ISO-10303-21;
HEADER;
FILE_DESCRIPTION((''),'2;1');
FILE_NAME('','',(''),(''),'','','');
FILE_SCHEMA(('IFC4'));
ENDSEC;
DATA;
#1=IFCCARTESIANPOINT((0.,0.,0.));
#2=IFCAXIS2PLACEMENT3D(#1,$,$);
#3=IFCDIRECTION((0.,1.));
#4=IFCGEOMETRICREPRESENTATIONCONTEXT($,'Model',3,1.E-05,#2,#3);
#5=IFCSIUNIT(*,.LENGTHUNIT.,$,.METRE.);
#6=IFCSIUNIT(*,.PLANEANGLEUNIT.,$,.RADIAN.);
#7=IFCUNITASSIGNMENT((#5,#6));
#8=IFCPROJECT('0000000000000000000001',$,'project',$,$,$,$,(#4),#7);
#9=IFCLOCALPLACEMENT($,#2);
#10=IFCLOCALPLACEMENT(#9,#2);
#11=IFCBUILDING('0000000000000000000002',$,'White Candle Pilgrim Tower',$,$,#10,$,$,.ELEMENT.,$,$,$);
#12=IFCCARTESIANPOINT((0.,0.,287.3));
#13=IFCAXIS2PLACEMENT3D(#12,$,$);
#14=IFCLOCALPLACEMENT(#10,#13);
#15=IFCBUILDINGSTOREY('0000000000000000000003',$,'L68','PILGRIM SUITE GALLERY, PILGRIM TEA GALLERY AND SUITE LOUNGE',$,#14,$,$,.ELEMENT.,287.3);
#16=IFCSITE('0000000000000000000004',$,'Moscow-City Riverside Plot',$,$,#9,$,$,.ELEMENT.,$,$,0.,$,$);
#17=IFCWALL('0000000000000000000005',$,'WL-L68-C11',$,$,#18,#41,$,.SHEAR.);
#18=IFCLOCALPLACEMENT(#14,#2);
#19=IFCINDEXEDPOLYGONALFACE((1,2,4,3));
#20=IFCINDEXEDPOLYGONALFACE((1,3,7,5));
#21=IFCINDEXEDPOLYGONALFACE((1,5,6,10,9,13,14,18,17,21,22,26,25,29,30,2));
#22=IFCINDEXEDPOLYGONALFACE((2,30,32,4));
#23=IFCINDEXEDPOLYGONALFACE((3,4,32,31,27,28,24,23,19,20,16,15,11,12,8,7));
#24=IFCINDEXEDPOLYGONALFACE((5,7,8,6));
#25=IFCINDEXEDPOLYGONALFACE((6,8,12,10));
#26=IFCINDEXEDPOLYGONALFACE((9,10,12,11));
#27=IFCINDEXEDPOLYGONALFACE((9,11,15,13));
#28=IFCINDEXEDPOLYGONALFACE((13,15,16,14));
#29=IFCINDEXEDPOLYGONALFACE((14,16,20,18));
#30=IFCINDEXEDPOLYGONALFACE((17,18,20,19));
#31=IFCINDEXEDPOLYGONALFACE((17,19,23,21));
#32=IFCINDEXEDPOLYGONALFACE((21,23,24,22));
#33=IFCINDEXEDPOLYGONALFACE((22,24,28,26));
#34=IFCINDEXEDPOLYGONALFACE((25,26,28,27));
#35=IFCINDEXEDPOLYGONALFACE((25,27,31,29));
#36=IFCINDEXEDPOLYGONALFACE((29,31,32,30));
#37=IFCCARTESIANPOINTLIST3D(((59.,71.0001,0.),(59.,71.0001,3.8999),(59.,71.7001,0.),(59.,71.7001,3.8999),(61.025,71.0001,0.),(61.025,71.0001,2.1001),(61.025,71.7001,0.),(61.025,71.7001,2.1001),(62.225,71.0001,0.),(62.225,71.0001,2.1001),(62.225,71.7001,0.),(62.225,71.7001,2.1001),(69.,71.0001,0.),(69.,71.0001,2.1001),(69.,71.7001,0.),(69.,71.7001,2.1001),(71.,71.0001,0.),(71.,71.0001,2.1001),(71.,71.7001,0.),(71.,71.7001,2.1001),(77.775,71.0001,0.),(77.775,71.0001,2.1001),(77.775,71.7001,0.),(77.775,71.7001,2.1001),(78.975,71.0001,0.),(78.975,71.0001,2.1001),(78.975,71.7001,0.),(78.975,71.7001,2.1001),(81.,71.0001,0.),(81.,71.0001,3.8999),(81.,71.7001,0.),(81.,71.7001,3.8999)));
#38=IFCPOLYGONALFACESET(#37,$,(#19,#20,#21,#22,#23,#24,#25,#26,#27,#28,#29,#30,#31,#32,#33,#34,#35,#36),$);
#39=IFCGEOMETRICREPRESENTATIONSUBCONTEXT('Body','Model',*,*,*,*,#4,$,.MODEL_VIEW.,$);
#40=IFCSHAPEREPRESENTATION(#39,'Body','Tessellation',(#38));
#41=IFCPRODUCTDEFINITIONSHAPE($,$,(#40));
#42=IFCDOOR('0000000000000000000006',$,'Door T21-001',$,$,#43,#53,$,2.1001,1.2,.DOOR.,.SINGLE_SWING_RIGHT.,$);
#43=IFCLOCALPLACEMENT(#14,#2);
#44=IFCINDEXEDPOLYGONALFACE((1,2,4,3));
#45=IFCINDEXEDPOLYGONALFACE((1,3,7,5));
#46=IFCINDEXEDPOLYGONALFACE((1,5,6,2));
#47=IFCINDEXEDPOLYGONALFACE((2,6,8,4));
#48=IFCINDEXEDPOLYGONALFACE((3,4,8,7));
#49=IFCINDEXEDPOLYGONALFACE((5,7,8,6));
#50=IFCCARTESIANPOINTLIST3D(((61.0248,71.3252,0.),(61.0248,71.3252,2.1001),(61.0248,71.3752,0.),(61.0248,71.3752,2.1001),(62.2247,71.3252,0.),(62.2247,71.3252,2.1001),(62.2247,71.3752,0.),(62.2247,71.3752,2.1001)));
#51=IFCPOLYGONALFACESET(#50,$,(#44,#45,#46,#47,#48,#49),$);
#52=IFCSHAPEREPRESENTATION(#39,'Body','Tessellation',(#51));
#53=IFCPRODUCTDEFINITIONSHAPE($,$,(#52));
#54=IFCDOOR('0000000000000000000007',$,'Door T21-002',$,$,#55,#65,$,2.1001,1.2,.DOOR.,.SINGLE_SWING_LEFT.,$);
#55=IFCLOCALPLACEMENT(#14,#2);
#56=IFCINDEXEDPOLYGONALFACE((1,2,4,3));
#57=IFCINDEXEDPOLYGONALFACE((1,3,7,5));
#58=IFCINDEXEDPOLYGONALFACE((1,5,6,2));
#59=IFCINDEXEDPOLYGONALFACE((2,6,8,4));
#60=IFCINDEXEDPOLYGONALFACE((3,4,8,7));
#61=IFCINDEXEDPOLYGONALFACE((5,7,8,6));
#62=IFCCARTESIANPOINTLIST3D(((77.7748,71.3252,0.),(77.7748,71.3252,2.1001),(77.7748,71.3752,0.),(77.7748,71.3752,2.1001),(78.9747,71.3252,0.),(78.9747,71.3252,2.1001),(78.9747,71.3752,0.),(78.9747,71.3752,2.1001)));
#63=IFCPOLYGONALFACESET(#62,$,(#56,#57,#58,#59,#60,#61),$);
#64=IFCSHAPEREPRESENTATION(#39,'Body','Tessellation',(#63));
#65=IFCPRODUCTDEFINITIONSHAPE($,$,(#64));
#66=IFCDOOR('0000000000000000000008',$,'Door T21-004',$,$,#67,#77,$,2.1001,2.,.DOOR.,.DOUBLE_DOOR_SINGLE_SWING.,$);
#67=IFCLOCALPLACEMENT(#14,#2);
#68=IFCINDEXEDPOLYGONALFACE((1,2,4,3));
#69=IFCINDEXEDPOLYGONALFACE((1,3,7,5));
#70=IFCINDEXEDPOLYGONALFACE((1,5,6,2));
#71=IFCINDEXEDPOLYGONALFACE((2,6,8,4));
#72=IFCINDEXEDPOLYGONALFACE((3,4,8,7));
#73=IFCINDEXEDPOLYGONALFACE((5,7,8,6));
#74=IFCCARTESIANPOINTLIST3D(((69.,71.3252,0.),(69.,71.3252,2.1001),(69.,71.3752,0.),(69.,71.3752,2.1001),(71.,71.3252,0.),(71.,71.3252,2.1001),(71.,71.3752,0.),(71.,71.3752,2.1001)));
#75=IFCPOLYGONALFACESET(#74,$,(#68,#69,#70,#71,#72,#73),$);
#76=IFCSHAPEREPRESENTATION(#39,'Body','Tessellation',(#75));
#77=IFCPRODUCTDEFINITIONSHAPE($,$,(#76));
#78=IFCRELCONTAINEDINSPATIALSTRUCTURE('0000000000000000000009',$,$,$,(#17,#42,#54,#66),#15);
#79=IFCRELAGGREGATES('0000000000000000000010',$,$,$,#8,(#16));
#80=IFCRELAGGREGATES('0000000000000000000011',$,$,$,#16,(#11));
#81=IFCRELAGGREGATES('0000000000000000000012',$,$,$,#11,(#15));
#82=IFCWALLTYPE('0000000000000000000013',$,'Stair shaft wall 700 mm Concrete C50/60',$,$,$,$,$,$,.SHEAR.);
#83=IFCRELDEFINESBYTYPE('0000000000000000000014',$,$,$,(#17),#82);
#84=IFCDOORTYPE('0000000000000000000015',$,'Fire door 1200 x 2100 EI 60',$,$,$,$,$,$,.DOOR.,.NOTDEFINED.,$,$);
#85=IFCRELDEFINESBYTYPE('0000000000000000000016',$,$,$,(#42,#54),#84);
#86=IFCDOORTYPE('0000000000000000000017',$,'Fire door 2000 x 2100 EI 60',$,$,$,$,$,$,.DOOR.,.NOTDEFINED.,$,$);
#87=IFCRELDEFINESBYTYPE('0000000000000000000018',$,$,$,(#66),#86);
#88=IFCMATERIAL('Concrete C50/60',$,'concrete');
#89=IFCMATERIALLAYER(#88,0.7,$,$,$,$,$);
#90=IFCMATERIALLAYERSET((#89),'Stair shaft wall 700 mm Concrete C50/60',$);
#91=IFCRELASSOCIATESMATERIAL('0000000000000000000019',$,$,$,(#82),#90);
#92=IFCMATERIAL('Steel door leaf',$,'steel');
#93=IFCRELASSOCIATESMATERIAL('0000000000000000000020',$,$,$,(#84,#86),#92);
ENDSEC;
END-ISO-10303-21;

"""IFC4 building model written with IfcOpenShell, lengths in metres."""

from ifc_helpers import new_model, si_unit, direction, frame, frame_2d, origin, place, context, subcontext, project, spatial, rectangle, extrude, material, layer, layer_set, type_object, element, fill, save


model = new_model("IFC4")

# Units and contexts
model_context = context("Model", 3, precision=1e-05, world=origin(), true_north=direction((0.0, 1.0)))
body_context = subcontext(model_context, "Body", "Model", "MODEL_VIEW")
ifc_project = project(units=[si_unit("LENGTHUNIT", "METRE"), si_unit("PLANEANGLEUNIT", "RADIAN")], contexts=[model_context])

# Site, building, storey
site_placement = place(None, origin())
site = spatial("IfcSite", under=ifc_project, at=site_placement, Name="Moscow-City Riverside Plot", CompositionType="ELEMENT", RefElevation=0.0)
building_placement = place(site_placement, origin())
building = spatial("IfcBuilding", under=site, at=building_placement, Name="White Candle Pilgrim Tower", CompositionType="ELEMENT")
storey_placement = place(building_placement, frame((0.0, 0.0, 287.3)))
storey = spatial("IfcBuildingStorey", under=building, at=storey_placement, Name="L68", Description="PILGRIM SUITE GALLERY, PILGRIM TEA GALLERY AND SUITE LOUNGE", CompositionType="ELEMENT", Elevation=287.3)

# Shared definitions
ifc_material_1 = material(Name="Concrete C50/60", Category="concrete")

# Shared definitions
ifc_material_2 = material(Name="Steel door leaf", Category="steel")

# Wall, openings, doors
ifc_layer_1 = layer(ifc_material_1, 0.7)
ifc_layer_set_1 = layer_set([ifc_layer_1], Name="Stair shaft wall 700 mm Concrete C50/60")
wall_type_1 = type_object("IfcWallType", Name="Stair shaft wall 700 mm Concrete C50/60", PredefinedType="SHEAR", material=ifc_layer_set_1)
wall_1_placement = place(storey_placement, frame((59.0, 71.3501, 0.0), z_axis=(0.0, 0.0, 1.0), x_axis=(1.0, 0.0, 0.0)))
wall_1 = element("IfcWall", 1, at=wall_1_placement, inside=storey, type_object=wall_type_1, Name="WL-L68-C11", PredefinedType="SHEAR", context=body_context, shape_type="SweptSolid", body=[
    extrude(rectangle(XDim=22.0, YDim=0.7, at=frame_2d((11.0, 0.0))), origin(), (0.0, 0.0, 1.0), 3.8999),
])
opening_1_placement = place(wall_1_placement, frame((2.0249, 0.0, 0.0)))
opening_1 = element("IfcOpeningElement", 2, at=opening_1_placement, cuts=wall_1, PredefinedType="OPENING", context=body_context, shape_type="SweptSolid", body=[
    extrude(rectangle(XDim=1.2, YDim=2.1001, at=frame_2d((0.6001, 1.05))), frame((0.0, 0.3599, 0.0), z_axis=(0.0, -1.0, 0.0), x_axis=(1.0, 0.0, 0.0)), (0.0, 0.0, 1.0), 0.72),
])
opening_2_placement = place(wall_1_placement, frame((18.7749, 0.0, 0.0)))
opening_2 = element("IfcOpeningElement", 3, at=opening_2_placement, cuts=wall_1, PredefinedType="OPENING", context=body_context, shape_type="SweptSolid", body=[
    extrude(rectangle(XDim=1.2, YDim=2.1001, at=frame_2d((0.6001, 1.05))), frame((0.0, 0.3599, 0.0), z_axis=(0.0, -1.0, 0.0), x_axis=(1.0, 0.0, 0.0)), (0.0, 0.0, 1.0), 0.72),
])
opening_3_placement = place(wall_1_placement, frame((10.0, 0.0, 0.0)))
opening_3 = element("IfcOpeningElement", 4, at=opening_3_placement, cuts=wall_1, PredefinedType="OPENING", context=body_context, shape_type="SweptSolid", body=[
    extrude(rectangle(XDim=2.0, YDim=2.1001, at=frame_2d((1.0, 1.05))), frame((0.0, 0.3599, 0.0), z_axis=(0.0, -1.0, 0.0), x_axis=(1.0, 0.0, 0.0)), (0.0, 0.0, 1.0), 0.72),
])
door_type_1 = type_object("IfcDoorType", Name="Fire door 1200 x 2100 EI 60", OperationType="NOTDEFINED", PredefinedType="DOOR", material=ifc_material_2)
door_1_placement = place(opening_1_placement, frame((1.2, 0.0, 0.0), z_axis=(0.0, 0.0, 1.0), x_axis=(-1.0, 0.0, 0.0)))
door_1 = element("IfcDoor", 5, at=door_1_placement, inside=storey, type_object=door_type_1, Name="Door T21-001", OperationType="SINGLE_SWING_RIGHT", OverallHeight=2.1001, OverallWidth=1.2, PredefinedType="DOOR", context=body_context, shape_type="SweptSolid", body=[
    extrude(rectangle(XDim=1.2, YDim=2.1001, at=frame_2d((0.6001, 1.05))), frame((0.0, 0.0249, 0.0), z_axis=(0.0, -1.0, 0.0), x_axis=(1.0, 0.0, 0.0)), (0.0, 0.0, 1.0), 0.05),
])
fill(opening_1, door_1)
door_2_placement = place(opening_2_placement, frame((1.2, 0.0, 0.0), z_axis=(0.0, 0.0, 1.0), x_axis=(-1.0, 0.0, 0.0)))
door_2 = element("IfcDoor", 6, at=door_2_placement, inside=storey, type_object=door_type_1, Name="Door T21-002", OperationType="SINGLE_SWING_LEFT", OverallHeight=2.1001, OverallWidth=1.2, PredefinedType="DOOR", context=body_context, shape_type="SweptSolid", body=[
    extrude(rectangle(XDim=1.2, YDim=2.1001, at=frame_2d((0.6001, 1.05))), frame((0.0, 0.0249, 0.0), z_axis=(0.0, -1.0, 0.0), x_axis=(1.0, 0.0, 0.0)), (0.0, 0.0, 1.0), 0.05),
])
fill(opening_2, door_2)
door_type_2 = type_object("IfcDoorType", Name="Fire door 2000 x 2100 EI 60", OperationType="NOTDEFINED", PredefinedType="DOOR", material=ifc_material_2)
door_3_placement = place(opening_3_placement, frame((2.0, 0.0, 0.0), z_axis=(0.0, 0.0, 1.0), x_axis=(-1.0, 0.0, 0.0)))
door_3 = element("IfcDoor", 7, at=door_3_placement, inside=storey, type_object=door_type_2, Name="Door T21-004", OperationType="DOUBLE_DOOR_SINGLE_SWING", OverallHeight=2.1001, OverallWidth=2.0, PredefinedType="DOOR", context=body_context, shape_type="SweptSolid", body=[
    extrude(rectangle(XDim=2.0, YDim=2.1001, at=frame_2d((1.0, 1.05))), frame((0.0, 0.0249, 0.0), z_axis=(0.0, -1.0, 0.0), x_axis=(1.0, 0.0, 0.0)), (0.0, 0.0, 1.0), 0.05),
])
fill(opening_3, door_3)

save(model, "model.ifc")
